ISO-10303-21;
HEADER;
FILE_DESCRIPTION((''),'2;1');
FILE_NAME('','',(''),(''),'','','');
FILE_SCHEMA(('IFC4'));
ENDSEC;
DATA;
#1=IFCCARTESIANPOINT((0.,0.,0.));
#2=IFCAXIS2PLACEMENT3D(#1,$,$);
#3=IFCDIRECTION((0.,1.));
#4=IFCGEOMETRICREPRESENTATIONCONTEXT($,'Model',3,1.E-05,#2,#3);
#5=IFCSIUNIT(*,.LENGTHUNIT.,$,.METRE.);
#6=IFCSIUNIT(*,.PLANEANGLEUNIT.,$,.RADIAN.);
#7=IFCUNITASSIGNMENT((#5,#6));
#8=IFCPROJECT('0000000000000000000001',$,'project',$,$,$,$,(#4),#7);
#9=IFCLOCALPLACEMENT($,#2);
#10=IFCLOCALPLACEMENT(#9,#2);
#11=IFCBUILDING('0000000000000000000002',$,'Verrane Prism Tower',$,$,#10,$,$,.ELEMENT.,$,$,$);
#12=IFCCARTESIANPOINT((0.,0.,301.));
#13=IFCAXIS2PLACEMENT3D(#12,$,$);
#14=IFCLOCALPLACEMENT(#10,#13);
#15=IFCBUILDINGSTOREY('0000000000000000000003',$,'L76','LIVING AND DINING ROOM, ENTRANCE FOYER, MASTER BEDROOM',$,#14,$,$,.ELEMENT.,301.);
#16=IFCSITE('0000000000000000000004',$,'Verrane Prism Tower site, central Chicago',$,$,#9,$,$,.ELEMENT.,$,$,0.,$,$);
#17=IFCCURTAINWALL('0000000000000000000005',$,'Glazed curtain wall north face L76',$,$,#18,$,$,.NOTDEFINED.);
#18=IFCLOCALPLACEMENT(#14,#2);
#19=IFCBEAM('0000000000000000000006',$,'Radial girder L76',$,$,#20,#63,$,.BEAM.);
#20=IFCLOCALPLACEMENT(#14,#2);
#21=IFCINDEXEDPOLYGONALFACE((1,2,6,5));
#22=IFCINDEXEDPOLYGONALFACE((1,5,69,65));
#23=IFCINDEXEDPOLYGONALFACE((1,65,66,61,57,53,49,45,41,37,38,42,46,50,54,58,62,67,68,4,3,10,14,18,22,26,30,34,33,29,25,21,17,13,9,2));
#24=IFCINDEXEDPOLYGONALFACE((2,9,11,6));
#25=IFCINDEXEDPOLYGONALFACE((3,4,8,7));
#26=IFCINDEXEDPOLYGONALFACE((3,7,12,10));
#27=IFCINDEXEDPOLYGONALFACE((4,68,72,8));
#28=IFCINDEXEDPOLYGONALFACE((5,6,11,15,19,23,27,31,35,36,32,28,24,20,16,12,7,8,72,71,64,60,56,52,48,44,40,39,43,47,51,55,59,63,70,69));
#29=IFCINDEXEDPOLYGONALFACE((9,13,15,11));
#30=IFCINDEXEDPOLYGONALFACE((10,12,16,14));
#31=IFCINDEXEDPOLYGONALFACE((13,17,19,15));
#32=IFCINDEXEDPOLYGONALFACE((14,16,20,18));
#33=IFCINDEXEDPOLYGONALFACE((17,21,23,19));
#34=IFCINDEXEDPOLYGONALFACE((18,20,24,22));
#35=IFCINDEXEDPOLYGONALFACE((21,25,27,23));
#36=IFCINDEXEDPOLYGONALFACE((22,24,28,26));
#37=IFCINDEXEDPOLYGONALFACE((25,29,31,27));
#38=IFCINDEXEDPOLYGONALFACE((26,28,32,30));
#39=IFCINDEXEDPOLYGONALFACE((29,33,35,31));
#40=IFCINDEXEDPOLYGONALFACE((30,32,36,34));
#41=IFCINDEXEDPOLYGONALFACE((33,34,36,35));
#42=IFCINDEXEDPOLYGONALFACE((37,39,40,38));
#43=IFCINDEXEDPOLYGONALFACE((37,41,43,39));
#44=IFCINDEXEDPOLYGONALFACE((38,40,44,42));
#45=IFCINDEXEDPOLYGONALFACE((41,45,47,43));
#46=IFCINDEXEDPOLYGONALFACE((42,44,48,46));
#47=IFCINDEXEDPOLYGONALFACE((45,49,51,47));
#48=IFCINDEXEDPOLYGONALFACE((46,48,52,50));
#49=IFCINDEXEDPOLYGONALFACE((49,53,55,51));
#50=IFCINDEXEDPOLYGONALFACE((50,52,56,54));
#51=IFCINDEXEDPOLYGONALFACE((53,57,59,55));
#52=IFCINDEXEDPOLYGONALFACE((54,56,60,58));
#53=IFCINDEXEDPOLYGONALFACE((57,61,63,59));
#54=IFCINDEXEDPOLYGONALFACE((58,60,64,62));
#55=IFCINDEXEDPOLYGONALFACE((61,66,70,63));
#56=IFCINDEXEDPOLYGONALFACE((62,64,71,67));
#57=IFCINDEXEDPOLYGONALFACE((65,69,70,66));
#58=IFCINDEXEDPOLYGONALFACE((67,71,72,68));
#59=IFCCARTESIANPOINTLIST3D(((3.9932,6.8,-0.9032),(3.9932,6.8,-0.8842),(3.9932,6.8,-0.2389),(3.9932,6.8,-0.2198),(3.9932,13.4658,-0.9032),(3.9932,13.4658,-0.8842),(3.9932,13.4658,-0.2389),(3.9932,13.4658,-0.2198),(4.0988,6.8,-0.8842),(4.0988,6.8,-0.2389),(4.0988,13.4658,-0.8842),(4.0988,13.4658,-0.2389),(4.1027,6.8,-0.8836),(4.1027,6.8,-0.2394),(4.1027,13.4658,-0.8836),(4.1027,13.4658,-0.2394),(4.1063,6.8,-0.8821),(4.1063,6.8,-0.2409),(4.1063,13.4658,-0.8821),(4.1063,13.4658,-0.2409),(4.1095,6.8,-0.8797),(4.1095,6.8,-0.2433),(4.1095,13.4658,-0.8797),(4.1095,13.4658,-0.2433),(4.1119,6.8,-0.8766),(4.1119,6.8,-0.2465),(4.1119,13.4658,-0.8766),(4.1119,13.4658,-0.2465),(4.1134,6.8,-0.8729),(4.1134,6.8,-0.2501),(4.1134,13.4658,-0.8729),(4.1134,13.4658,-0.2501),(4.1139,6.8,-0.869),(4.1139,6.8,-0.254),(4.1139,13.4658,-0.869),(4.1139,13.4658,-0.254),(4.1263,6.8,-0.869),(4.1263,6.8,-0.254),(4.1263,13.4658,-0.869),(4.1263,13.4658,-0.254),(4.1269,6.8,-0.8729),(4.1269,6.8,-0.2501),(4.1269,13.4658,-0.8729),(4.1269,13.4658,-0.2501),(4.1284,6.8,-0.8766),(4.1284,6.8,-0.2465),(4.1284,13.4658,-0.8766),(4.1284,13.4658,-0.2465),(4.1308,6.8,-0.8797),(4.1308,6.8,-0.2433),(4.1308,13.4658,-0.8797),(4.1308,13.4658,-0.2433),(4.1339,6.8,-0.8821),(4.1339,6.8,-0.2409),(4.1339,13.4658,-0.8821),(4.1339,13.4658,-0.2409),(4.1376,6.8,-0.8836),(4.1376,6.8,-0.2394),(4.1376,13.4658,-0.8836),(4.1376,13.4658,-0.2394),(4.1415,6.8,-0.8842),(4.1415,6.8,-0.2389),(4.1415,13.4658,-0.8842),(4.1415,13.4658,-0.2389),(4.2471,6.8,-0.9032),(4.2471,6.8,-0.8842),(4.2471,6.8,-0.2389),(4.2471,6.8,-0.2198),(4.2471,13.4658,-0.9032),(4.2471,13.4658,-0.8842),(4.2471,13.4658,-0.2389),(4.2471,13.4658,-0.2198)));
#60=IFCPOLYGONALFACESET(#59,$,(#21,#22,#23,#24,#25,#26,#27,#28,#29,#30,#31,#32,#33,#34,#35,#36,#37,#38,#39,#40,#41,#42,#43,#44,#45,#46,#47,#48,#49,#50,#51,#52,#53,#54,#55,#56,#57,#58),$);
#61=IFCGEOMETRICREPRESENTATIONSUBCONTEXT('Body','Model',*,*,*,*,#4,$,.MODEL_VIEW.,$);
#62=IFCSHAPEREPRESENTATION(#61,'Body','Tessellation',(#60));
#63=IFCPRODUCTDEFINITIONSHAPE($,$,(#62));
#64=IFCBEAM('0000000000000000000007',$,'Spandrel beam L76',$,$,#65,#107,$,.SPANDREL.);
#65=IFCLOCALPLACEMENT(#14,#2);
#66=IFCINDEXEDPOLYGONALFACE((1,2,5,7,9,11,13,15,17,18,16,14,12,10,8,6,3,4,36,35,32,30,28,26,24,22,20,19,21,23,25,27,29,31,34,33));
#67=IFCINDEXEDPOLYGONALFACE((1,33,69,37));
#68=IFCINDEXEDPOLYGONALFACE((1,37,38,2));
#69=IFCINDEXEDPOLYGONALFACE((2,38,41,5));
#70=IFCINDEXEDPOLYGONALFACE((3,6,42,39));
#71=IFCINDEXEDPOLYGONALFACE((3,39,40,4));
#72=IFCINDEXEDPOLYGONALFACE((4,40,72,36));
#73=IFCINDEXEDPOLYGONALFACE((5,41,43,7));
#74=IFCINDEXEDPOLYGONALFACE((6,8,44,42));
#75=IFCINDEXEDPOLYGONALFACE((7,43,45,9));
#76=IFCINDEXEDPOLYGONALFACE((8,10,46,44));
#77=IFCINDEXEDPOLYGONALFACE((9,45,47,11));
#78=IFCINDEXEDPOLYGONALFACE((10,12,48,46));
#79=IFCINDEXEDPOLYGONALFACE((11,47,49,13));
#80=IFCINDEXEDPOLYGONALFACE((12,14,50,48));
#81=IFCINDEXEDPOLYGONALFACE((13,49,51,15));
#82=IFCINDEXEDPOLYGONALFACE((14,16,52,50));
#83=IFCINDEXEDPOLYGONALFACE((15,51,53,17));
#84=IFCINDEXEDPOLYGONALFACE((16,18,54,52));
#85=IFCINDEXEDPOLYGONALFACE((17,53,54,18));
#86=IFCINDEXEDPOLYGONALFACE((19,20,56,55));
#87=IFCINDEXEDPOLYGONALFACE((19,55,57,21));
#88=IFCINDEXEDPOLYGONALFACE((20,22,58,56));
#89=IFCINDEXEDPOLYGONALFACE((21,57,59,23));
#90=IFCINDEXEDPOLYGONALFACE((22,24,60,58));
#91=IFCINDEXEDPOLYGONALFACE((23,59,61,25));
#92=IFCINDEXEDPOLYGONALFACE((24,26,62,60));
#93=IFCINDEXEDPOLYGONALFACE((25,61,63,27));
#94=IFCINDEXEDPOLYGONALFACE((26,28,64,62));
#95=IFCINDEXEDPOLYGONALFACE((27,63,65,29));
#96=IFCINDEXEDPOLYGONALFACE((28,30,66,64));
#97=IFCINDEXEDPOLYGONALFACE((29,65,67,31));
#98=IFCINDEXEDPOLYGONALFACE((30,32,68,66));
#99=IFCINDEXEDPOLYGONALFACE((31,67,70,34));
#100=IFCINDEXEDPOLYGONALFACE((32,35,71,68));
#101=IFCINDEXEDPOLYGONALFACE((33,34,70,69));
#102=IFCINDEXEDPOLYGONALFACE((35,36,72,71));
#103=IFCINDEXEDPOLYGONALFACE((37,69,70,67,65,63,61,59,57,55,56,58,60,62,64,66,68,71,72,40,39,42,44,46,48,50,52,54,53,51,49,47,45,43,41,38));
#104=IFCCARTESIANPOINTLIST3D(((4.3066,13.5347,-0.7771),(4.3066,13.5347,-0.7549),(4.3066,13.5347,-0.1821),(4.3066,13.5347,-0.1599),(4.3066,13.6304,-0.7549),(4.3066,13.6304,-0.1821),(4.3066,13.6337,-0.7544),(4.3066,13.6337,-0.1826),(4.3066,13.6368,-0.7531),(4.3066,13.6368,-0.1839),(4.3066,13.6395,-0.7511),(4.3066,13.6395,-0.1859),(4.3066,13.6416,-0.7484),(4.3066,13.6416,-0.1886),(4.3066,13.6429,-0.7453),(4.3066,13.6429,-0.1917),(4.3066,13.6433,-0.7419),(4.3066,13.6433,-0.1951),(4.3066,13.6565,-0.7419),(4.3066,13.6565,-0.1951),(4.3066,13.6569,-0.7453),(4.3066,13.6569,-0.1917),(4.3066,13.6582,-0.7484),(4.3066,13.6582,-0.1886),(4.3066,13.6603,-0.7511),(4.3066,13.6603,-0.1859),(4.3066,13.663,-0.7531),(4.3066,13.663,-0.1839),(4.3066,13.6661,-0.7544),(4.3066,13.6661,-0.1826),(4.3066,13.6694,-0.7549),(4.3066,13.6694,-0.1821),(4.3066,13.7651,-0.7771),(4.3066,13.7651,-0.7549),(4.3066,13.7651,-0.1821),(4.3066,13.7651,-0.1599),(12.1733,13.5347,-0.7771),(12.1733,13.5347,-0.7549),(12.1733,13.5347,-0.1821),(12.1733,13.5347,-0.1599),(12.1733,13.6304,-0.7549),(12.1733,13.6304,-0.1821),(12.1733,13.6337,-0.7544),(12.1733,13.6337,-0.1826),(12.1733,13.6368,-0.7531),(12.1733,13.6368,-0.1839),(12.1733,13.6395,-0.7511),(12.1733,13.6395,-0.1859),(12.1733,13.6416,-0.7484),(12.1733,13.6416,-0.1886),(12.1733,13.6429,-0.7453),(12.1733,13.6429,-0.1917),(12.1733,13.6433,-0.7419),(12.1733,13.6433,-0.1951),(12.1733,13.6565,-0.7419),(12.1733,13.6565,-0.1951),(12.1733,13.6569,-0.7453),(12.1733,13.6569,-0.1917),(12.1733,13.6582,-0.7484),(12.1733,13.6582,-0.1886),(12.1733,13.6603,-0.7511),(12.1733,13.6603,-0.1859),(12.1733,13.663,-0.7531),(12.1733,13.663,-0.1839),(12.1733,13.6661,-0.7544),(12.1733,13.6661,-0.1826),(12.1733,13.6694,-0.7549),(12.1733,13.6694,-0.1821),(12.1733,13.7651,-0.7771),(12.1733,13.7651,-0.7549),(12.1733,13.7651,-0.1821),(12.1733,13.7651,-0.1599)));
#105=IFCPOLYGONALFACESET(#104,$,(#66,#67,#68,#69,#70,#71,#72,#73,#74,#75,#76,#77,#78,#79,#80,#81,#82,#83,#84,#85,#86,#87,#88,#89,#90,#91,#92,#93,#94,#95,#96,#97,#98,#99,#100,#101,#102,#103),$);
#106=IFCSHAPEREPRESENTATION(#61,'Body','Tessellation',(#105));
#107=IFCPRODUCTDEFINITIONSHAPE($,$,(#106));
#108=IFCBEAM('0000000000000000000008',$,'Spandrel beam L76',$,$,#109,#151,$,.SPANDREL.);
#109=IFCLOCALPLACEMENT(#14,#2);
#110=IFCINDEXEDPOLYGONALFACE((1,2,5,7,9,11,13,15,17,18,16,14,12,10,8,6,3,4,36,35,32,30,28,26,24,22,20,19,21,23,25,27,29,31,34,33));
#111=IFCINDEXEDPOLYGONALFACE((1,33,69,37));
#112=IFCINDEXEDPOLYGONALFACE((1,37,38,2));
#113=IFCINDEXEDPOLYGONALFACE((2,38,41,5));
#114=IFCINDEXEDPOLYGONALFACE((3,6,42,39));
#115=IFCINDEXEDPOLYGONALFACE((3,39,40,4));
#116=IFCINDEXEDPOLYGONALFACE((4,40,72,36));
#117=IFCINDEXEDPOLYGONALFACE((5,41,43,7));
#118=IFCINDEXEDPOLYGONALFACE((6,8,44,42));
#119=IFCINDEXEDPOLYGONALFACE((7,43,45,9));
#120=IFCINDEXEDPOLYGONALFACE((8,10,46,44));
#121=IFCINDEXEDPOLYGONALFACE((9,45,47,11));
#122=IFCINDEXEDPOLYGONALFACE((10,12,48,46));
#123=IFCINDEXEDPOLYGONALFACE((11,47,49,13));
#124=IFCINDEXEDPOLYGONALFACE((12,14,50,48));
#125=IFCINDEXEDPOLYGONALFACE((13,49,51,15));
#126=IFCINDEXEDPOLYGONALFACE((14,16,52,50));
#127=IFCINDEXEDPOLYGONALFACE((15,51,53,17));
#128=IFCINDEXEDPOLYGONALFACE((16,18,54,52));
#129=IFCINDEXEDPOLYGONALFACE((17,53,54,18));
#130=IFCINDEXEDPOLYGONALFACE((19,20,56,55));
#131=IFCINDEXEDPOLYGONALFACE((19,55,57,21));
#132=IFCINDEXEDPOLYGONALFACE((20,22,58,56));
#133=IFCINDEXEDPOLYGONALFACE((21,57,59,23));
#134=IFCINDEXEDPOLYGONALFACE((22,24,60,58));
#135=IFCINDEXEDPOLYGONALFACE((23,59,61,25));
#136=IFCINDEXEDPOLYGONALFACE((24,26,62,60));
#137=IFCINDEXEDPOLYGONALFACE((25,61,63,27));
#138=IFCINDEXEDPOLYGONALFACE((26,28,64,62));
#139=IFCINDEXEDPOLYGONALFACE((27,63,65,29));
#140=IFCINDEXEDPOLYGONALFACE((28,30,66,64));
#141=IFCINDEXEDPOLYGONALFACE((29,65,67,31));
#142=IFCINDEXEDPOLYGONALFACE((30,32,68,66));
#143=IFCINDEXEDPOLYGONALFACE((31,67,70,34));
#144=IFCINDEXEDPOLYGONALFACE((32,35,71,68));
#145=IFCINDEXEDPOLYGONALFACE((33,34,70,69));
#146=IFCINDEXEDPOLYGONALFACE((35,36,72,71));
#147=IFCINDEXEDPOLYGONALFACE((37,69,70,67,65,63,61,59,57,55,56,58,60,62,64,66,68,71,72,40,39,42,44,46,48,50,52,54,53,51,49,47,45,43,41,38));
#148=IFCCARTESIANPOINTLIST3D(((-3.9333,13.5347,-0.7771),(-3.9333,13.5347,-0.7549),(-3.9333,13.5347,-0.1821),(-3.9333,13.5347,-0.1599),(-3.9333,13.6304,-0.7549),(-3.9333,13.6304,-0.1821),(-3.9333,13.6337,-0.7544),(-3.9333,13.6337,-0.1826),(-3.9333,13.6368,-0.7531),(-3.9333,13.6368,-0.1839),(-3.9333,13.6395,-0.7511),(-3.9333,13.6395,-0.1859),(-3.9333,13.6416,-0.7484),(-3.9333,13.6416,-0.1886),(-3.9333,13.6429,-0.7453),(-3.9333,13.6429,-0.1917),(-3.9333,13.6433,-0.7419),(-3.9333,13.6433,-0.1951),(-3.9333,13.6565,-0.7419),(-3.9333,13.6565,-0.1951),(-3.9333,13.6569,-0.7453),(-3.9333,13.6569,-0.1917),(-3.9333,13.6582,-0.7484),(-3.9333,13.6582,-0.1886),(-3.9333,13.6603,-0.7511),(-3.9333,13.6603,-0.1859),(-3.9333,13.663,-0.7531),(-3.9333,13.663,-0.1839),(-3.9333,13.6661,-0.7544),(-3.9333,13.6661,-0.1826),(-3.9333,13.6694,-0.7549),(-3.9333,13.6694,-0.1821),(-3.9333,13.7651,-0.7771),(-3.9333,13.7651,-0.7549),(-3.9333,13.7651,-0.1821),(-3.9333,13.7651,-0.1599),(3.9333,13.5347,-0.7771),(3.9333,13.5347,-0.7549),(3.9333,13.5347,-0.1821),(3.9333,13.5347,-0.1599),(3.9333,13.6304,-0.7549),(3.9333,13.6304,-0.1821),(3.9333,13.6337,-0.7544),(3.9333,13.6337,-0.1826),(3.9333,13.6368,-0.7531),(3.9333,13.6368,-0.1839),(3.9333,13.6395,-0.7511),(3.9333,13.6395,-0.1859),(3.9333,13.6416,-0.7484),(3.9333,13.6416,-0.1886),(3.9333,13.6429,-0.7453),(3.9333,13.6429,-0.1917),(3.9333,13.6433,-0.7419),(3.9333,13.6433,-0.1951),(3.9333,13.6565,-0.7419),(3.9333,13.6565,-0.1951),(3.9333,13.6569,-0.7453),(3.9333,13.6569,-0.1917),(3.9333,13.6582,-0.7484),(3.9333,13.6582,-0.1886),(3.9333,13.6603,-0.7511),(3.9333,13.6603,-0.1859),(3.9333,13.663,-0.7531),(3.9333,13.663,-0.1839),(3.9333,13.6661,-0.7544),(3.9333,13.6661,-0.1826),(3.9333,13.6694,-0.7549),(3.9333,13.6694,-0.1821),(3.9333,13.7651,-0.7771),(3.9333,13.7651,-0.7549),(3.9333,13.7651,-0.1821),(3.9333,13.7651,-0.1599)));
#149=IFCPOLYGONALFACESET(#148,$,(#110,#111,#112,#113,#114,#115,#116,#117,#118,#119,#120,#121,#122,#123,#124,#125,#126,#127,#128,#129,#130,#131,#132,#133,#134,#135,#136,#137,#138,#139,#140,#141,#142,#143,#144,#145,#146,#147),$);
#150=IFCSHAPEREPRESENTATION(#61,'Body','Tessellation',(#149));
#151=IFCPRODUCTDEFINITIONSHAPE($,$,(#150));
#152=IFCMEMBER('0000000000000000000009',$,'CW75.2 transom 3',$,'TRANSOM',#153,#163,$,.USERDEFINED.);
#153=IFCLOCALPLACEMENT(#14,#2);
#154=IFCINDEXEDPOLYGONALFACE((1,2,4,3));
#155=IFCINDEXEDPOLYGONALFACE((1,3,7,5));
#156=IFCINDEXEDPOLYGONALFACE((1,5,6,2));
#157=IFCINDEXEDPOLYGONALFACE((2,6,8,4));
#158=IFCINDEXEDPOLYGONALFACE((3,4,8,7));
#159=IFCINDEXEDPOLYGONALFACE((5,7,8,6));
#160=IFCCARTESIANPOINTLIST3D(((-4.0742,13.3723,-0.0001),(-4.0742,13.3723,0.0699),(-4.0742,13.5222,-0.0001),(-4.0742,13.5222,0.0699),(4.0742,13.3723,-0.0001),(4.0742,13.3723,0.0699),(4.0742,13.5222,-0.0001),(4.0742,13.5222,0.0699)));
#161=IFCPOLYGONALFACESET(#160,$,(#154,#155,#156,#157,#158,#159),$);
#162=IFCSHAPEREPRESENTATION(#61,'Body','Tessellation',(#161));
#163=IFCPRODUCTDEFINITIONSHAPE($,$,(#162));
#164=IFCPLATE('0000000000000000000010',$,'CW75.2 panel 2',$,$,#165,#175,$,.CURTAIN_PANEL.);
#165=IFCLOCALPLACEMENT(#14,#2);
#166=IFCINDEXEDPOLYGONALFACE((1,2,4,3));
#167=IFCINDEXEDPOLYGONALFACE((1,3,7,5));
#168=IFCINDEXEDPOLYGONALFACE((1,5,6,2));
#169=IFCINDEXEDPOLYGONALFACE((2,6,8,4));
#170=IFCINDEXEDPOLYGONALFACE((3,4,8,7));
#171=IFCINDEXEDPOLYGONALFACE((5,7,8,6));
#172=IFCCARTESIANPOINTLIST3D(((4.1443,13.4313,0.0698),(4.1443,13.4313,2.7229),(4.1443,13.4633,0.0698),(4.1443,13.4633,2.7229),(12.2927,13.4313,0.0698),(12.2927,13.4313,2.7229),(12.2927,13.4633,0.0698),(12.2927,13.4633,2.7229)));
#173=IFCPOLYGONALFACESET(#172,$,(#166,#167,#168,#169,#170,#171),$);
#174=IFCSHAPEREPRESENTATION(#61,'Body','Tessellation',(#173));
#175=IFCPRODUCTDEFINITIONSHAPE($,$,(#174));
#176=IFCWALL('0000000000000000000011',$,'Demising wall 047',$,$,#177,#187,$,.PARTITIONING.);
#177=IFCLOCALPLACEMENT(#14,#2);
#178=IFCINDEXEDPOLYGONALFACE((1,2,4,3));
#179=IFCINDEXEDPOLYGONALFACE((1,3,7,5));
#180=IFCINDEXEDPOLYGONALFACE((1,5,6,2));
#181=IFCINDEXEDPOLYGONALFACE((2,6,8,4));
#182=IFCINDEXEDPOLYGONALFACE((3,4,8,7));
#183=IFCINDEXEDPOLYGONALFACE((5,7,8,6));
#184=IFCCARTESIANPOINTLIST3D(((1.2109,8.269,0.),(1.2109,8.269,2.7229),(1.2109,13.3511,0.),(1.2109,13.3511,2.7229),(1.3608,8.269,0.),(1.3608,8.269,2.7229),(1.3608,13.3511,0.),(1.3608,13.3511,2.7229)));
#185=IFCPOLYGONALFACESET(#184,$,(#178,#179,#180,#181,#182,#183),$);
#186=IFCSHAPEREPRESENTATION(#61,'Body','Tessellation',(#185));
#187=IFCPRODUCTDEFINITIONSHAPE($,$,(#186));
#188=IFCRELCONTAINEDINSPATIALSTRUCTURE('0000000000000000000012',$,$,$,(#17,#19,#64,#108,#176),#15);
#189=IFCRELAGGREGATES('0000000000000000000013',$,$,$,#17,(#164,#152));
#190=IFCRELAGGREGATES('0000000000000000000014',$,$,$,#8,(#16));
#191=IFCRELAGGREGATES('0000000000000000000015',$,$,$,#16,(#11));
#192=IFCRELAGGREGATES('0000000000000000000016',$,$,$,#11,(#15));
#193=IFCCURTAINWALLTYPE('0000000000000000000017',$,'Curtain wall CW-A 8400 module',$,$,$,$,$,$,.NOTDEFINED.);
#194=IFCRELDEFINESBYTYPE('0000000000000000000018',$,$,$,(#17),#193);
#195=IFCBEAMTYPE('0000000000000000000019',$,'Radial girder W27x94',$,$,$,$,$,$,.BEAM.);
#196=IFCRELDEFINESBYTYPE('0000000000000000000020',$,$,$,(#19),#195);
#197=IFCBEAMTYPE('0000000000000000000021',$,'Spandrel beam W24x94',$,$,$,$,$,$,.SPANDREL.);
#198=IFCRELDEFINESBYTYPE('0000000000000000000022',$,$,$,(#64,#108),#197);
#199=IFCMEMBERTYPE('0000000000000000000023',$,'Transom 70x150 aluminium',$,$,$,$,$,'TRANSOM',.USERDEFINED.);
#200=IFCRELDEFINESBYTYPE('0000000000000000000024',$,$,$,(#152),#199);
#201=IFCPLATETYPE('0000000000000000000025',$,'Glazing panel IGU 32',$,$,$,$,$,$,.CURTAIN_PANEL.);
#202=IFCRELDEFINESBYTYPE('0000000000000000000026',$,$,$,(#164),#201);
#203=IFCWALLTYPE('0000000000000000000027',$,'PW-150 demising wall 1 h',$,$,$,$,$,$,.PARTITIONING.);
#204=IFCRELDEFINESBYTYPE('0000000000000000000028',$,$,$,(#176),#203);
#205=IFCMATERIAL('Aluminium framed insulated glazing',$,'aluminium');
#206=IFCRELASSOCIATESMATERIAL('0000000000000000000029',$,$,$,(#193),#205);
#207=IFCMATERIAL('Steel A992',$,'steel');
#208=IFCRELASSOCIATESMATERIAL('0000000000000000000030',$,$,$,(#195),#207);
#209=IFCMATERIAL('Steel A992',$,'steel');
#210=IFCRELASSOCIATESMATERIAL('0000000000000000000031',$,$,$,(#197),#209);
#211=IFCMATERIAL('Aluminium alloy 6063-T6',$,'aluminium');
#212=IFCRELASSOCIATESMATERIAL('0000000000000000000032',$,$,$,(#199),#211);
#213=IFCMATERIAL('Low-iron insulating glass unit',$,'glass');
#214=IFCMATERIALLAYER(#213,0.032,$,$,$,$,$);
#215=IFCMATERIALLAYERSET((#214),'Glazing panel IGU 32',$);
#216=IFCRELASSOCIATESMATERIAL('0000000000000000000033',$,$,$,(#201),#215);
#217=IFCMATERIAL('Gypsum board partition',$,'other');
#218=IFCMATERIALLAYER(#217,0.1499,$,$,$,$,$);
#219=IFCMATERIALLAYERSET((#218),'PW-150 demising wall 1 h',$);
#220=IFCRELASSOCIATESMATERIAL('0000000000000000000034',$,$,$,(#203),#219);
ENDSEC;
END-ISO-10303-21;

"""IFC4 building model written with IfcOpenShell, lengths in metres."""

from ifc_helpers import new_model, si_unit, direction, frame, frame_2d, origin, origin_2d, place, context, subcontext, project, spatial, rectangle, i_section, extrude, material, layer, layer_set, material_profile, profile_set, type_object, element, aggregate, save


model = new_model("IFC4")

# Units and contexts
model_context = context("Model", 3, precision=1e-05, world=origin(), true_north=direction((0.0, 1.0)))
body_context = subcontext(model_context, "Body", "Model", "MODEL_VIEW")
ifc_project = project(units=[si_unit("LENGTHUNIT", "METRE"), si_unit("PLANEANGLEUNIT", "RADIAN")], contexts=[model_context])

# Site, building, storey
site_placement = place(None, origin())
site = spatial("IfcSite", under=ifc_project, at=site_placement, Name="Verrane Prism Tower site, central Chicago", CompositionType="ELEMENT", RefElevation=0.0)
building_placement = place(site_placement, origin())
building = spatial("IfcBuilding", under=site, at=building_placement, Name="Verrane Prism Tower", CompositionType="ELEMENT")
storey_placement = place(building_placement, frame((0.0, 0.0, 301.0)))
storey = spatial("IfcBuildingStorey", under=building, at=storey_placement, Name="L76", Description="LIVING AND DINING ROOM, ENTRANCE FOYER, MASTER BEDROOM", CompositionType="ELEMENT", Elevation=301.0)

# Curtain wall
ifc_material_1 = material(Name="Aluminium framed insulated glazing", Category="aluminium")
curtain_wall_type = type_object("IfcCurtainWallType", Name="Curtain wall CW-A 8400 module", PredefinedType="NOTDEFINED", material=ifc_material_1)
curtain_wall_placement = place(storey_placement, origin())
curtain_wall = element("IfcCurtainWall", 1, at=curtain_wall_placement, inside=storey, type_object=curtain_wall_type, Name="Glazed curtain wall north face L76", PredefinedType="NOTDEFINED")

# Beams
ifc_material_2 = material(Name="Steel A992", Category="steel")
ifc_material_profile_1 = material_profile(ifc_material_2, i_section(OverallWidth=0.2539, OverallDepth=0.6833, WebThickness=0.0125, FlangeThickness=0.019, FilletRadius=0.0151, at=origin_2d()), Name="W27x94")
ifc_profile_set_1 = profile_set([ifc_material_profile_1], Name="Steel A992")
beam_type_1 = type_object("IfcBeamType", Name="Radial girder W27x94", PredefinedType="BEAM", material=ifc_profile_set_1)
beam_1_placement = place(storey_placement, frame((4.1201, 13.4658, -0.5615), z_axis=(0.0, -1.0, 0.0), x_axis=(1.0, 0.0, 0.0)))
element("IfcBeam", 2, at=beam_1_placement, inside=storey, type_object=beam_type_1, Name="Radial girder L76", PredefinedType="BEAM", context=body_context, shape_type="SweptSolid", body=[
    extrude(i_section(OverallWidth=0.2539, OverallDepth=0.6833, WebThickness=0.0125, FlangeThickness=0.019, FilletRadius=0.0151, at=origin_2d()), origin(), (0.0, 0.0, 1.0), 6.6658),
])
ifc_material_3 = material(Name="Steel A992", Category="steel")
ifc_material_profile_2 = material_profile(ifc_material_3, i_section(OverallWidth=0.2305, OverallDepth=0.6172, WebThickness=0.0132, FlangeThickness=0.0222, FilletRadius=0.0129, at=origin_2d()), Name="W24x94")
ifc_profile_set_2 = profile_set([ifc_material_profile_2], Name="Steel A992")
beam_type_2 = type_object("IfcBeamType", Name="Spandrel beam W24x94", PredefinedType="SPANDREL", material=ifc_profile_set_2)
for number, where, z_axis, x_axis, name in (
    (3, (12.1733, 13.6499, -0.4685), (-1.0, 0.0, 0.0), (0.0, -1.0, 0.0), "Spandrel beam L76"),
    (4, (3.9333, 13.6499, -0.4685), (-1.0, 0.0, 0.0), (0.0, -1.0, 0.0), "Spandrel beam L76"),
):
    element("IfcBeam", number, at=place(storey_placement, frame(where, z_axis=z_axis, x_axis=x_axis)), inside=storey, type_object=beam_type_2, Name=name, PredefinedType="SPANDREL", context=body_context, shape_type="SweptSolid", body=[
        extrude(i_section(OverallWidth=0.2305, OverallDepth=0.6172, WebThickness=0.0132, FlangeThickness=0.0222, FilletRadius=0.0129, at=origin_2d()), origin(), (0.0, 0.0, 1.0), 7.8667),
    ])

# Member
ifc_material_4 = material(Name="Aluminium alloy 6063-T6", Category="aluminium")
ifc_material_profile_3 = material_profile(ifc_material_4, rectangle(XDim=0.1499, YDim=0.0701, at=origin_2d()), Name="Transom 70x150 aluminium")
ifc_profile_set_3 = profile_set([ifc_material_profile_3], Name="Aluminium alloy 6063-T6")
member_type_1 = type_object("IfcMemberType", Name="Transom 70x150 aluminium", ElementType="TRANSOM", PredefinedType="USERDEFINED", material=ifc_profile_set_3)
member_1_placement = place(storey_placement, frame((4.0742, 13.4473, 0.0349), z_axis=(-1.0, 0.0, 0.0), x_axis=(0.0, -1.0, 0.0)))
member_1 = element("IfcMember", 5, at=member_1_placement, type_object=member_type_1, Name="CW75.2 transom 3", ObjectType="TRANSOM", PredefinedType="USERDEFINED", context=body_context, shape_type="SweptSolid", body=[
    extrude(rectangle(XDim=0.1499, YDim=0.0701, at=origin_2d()), origin(), (0.0, 0.0, 1.0), 8.1484),
])

# Plate
ifc_material_5 = material(Name="Low-iron insulating glass unit", Category="glass")
ifc_layer_1 = layer(ifc_material_5, 0.032)
ifc_layer_set_1 = layer_set([ifc_layer_1], Name="Glazing panel IGU 32")
plate_type = type_object("IfcPlateType", Name="Glazing panel IGU 32", PredefinedType="CURTAIN_PANEL", material=ifc_layer_set_1)
plate_placement = place(storey_placement, frame((8.2185, 13.4473, 0.0698), z_axis=(0.0, 0.0, 1.0), x_axis=(-1.0, 0.0, 0.0)))
plate = element("IfcPlate", 6, at=plate_placement, type_object=plate_type, Name="CW75.2 panel 2", PredefinedType="CURTAIN_PANEL", context=body_context, shape_type="SweptSolid", body=[
    extrude(rectangle(XDim=8.1484, YDim=0.032, at=origin_2d()), origin(), (0.0, 0.0, 1.0), 2.6531),
])
aggregate(curtain_wall, [plate, member_1])

# Wall
ifc_material_6 = material(Name="Gypsum board partition", Category="other")
ifc_layer_2 = layer(ifc_material_6, 0.1499)
ifc_layer_set_2 = layer_set([ifc_layer_2], Name="PW-150 demising wall 1 h")
wall_type_1 = type_object("IfcWallType", Name="PW-150 demising wall 1 h", PredefinedType="PARTITIONING", material=ifc_layer_set_2)
wall_1_placement = place(storey_placement, frame((1.2859, 8.269, 0.0), z_axis=(0.0, 0.0, 1.0), x_axis=(0.0, 1.0, 0.0)))
element("IfcWall", 7, at=wall_1_placement, inside=storey, type_object=wall_type_1, Name="Demising wall 047", PredefinedType="PARTITIONING", context=body_context, shape_type="SweptSolid", body=[
    extrude(rectangle(XDim=5.082, YDim=0.1499, at=frame_2d((2.541, 0.0))), origin(), (0.0, 0.0, 1.0), 2.7229),
])

save(model, "model.ifc")
